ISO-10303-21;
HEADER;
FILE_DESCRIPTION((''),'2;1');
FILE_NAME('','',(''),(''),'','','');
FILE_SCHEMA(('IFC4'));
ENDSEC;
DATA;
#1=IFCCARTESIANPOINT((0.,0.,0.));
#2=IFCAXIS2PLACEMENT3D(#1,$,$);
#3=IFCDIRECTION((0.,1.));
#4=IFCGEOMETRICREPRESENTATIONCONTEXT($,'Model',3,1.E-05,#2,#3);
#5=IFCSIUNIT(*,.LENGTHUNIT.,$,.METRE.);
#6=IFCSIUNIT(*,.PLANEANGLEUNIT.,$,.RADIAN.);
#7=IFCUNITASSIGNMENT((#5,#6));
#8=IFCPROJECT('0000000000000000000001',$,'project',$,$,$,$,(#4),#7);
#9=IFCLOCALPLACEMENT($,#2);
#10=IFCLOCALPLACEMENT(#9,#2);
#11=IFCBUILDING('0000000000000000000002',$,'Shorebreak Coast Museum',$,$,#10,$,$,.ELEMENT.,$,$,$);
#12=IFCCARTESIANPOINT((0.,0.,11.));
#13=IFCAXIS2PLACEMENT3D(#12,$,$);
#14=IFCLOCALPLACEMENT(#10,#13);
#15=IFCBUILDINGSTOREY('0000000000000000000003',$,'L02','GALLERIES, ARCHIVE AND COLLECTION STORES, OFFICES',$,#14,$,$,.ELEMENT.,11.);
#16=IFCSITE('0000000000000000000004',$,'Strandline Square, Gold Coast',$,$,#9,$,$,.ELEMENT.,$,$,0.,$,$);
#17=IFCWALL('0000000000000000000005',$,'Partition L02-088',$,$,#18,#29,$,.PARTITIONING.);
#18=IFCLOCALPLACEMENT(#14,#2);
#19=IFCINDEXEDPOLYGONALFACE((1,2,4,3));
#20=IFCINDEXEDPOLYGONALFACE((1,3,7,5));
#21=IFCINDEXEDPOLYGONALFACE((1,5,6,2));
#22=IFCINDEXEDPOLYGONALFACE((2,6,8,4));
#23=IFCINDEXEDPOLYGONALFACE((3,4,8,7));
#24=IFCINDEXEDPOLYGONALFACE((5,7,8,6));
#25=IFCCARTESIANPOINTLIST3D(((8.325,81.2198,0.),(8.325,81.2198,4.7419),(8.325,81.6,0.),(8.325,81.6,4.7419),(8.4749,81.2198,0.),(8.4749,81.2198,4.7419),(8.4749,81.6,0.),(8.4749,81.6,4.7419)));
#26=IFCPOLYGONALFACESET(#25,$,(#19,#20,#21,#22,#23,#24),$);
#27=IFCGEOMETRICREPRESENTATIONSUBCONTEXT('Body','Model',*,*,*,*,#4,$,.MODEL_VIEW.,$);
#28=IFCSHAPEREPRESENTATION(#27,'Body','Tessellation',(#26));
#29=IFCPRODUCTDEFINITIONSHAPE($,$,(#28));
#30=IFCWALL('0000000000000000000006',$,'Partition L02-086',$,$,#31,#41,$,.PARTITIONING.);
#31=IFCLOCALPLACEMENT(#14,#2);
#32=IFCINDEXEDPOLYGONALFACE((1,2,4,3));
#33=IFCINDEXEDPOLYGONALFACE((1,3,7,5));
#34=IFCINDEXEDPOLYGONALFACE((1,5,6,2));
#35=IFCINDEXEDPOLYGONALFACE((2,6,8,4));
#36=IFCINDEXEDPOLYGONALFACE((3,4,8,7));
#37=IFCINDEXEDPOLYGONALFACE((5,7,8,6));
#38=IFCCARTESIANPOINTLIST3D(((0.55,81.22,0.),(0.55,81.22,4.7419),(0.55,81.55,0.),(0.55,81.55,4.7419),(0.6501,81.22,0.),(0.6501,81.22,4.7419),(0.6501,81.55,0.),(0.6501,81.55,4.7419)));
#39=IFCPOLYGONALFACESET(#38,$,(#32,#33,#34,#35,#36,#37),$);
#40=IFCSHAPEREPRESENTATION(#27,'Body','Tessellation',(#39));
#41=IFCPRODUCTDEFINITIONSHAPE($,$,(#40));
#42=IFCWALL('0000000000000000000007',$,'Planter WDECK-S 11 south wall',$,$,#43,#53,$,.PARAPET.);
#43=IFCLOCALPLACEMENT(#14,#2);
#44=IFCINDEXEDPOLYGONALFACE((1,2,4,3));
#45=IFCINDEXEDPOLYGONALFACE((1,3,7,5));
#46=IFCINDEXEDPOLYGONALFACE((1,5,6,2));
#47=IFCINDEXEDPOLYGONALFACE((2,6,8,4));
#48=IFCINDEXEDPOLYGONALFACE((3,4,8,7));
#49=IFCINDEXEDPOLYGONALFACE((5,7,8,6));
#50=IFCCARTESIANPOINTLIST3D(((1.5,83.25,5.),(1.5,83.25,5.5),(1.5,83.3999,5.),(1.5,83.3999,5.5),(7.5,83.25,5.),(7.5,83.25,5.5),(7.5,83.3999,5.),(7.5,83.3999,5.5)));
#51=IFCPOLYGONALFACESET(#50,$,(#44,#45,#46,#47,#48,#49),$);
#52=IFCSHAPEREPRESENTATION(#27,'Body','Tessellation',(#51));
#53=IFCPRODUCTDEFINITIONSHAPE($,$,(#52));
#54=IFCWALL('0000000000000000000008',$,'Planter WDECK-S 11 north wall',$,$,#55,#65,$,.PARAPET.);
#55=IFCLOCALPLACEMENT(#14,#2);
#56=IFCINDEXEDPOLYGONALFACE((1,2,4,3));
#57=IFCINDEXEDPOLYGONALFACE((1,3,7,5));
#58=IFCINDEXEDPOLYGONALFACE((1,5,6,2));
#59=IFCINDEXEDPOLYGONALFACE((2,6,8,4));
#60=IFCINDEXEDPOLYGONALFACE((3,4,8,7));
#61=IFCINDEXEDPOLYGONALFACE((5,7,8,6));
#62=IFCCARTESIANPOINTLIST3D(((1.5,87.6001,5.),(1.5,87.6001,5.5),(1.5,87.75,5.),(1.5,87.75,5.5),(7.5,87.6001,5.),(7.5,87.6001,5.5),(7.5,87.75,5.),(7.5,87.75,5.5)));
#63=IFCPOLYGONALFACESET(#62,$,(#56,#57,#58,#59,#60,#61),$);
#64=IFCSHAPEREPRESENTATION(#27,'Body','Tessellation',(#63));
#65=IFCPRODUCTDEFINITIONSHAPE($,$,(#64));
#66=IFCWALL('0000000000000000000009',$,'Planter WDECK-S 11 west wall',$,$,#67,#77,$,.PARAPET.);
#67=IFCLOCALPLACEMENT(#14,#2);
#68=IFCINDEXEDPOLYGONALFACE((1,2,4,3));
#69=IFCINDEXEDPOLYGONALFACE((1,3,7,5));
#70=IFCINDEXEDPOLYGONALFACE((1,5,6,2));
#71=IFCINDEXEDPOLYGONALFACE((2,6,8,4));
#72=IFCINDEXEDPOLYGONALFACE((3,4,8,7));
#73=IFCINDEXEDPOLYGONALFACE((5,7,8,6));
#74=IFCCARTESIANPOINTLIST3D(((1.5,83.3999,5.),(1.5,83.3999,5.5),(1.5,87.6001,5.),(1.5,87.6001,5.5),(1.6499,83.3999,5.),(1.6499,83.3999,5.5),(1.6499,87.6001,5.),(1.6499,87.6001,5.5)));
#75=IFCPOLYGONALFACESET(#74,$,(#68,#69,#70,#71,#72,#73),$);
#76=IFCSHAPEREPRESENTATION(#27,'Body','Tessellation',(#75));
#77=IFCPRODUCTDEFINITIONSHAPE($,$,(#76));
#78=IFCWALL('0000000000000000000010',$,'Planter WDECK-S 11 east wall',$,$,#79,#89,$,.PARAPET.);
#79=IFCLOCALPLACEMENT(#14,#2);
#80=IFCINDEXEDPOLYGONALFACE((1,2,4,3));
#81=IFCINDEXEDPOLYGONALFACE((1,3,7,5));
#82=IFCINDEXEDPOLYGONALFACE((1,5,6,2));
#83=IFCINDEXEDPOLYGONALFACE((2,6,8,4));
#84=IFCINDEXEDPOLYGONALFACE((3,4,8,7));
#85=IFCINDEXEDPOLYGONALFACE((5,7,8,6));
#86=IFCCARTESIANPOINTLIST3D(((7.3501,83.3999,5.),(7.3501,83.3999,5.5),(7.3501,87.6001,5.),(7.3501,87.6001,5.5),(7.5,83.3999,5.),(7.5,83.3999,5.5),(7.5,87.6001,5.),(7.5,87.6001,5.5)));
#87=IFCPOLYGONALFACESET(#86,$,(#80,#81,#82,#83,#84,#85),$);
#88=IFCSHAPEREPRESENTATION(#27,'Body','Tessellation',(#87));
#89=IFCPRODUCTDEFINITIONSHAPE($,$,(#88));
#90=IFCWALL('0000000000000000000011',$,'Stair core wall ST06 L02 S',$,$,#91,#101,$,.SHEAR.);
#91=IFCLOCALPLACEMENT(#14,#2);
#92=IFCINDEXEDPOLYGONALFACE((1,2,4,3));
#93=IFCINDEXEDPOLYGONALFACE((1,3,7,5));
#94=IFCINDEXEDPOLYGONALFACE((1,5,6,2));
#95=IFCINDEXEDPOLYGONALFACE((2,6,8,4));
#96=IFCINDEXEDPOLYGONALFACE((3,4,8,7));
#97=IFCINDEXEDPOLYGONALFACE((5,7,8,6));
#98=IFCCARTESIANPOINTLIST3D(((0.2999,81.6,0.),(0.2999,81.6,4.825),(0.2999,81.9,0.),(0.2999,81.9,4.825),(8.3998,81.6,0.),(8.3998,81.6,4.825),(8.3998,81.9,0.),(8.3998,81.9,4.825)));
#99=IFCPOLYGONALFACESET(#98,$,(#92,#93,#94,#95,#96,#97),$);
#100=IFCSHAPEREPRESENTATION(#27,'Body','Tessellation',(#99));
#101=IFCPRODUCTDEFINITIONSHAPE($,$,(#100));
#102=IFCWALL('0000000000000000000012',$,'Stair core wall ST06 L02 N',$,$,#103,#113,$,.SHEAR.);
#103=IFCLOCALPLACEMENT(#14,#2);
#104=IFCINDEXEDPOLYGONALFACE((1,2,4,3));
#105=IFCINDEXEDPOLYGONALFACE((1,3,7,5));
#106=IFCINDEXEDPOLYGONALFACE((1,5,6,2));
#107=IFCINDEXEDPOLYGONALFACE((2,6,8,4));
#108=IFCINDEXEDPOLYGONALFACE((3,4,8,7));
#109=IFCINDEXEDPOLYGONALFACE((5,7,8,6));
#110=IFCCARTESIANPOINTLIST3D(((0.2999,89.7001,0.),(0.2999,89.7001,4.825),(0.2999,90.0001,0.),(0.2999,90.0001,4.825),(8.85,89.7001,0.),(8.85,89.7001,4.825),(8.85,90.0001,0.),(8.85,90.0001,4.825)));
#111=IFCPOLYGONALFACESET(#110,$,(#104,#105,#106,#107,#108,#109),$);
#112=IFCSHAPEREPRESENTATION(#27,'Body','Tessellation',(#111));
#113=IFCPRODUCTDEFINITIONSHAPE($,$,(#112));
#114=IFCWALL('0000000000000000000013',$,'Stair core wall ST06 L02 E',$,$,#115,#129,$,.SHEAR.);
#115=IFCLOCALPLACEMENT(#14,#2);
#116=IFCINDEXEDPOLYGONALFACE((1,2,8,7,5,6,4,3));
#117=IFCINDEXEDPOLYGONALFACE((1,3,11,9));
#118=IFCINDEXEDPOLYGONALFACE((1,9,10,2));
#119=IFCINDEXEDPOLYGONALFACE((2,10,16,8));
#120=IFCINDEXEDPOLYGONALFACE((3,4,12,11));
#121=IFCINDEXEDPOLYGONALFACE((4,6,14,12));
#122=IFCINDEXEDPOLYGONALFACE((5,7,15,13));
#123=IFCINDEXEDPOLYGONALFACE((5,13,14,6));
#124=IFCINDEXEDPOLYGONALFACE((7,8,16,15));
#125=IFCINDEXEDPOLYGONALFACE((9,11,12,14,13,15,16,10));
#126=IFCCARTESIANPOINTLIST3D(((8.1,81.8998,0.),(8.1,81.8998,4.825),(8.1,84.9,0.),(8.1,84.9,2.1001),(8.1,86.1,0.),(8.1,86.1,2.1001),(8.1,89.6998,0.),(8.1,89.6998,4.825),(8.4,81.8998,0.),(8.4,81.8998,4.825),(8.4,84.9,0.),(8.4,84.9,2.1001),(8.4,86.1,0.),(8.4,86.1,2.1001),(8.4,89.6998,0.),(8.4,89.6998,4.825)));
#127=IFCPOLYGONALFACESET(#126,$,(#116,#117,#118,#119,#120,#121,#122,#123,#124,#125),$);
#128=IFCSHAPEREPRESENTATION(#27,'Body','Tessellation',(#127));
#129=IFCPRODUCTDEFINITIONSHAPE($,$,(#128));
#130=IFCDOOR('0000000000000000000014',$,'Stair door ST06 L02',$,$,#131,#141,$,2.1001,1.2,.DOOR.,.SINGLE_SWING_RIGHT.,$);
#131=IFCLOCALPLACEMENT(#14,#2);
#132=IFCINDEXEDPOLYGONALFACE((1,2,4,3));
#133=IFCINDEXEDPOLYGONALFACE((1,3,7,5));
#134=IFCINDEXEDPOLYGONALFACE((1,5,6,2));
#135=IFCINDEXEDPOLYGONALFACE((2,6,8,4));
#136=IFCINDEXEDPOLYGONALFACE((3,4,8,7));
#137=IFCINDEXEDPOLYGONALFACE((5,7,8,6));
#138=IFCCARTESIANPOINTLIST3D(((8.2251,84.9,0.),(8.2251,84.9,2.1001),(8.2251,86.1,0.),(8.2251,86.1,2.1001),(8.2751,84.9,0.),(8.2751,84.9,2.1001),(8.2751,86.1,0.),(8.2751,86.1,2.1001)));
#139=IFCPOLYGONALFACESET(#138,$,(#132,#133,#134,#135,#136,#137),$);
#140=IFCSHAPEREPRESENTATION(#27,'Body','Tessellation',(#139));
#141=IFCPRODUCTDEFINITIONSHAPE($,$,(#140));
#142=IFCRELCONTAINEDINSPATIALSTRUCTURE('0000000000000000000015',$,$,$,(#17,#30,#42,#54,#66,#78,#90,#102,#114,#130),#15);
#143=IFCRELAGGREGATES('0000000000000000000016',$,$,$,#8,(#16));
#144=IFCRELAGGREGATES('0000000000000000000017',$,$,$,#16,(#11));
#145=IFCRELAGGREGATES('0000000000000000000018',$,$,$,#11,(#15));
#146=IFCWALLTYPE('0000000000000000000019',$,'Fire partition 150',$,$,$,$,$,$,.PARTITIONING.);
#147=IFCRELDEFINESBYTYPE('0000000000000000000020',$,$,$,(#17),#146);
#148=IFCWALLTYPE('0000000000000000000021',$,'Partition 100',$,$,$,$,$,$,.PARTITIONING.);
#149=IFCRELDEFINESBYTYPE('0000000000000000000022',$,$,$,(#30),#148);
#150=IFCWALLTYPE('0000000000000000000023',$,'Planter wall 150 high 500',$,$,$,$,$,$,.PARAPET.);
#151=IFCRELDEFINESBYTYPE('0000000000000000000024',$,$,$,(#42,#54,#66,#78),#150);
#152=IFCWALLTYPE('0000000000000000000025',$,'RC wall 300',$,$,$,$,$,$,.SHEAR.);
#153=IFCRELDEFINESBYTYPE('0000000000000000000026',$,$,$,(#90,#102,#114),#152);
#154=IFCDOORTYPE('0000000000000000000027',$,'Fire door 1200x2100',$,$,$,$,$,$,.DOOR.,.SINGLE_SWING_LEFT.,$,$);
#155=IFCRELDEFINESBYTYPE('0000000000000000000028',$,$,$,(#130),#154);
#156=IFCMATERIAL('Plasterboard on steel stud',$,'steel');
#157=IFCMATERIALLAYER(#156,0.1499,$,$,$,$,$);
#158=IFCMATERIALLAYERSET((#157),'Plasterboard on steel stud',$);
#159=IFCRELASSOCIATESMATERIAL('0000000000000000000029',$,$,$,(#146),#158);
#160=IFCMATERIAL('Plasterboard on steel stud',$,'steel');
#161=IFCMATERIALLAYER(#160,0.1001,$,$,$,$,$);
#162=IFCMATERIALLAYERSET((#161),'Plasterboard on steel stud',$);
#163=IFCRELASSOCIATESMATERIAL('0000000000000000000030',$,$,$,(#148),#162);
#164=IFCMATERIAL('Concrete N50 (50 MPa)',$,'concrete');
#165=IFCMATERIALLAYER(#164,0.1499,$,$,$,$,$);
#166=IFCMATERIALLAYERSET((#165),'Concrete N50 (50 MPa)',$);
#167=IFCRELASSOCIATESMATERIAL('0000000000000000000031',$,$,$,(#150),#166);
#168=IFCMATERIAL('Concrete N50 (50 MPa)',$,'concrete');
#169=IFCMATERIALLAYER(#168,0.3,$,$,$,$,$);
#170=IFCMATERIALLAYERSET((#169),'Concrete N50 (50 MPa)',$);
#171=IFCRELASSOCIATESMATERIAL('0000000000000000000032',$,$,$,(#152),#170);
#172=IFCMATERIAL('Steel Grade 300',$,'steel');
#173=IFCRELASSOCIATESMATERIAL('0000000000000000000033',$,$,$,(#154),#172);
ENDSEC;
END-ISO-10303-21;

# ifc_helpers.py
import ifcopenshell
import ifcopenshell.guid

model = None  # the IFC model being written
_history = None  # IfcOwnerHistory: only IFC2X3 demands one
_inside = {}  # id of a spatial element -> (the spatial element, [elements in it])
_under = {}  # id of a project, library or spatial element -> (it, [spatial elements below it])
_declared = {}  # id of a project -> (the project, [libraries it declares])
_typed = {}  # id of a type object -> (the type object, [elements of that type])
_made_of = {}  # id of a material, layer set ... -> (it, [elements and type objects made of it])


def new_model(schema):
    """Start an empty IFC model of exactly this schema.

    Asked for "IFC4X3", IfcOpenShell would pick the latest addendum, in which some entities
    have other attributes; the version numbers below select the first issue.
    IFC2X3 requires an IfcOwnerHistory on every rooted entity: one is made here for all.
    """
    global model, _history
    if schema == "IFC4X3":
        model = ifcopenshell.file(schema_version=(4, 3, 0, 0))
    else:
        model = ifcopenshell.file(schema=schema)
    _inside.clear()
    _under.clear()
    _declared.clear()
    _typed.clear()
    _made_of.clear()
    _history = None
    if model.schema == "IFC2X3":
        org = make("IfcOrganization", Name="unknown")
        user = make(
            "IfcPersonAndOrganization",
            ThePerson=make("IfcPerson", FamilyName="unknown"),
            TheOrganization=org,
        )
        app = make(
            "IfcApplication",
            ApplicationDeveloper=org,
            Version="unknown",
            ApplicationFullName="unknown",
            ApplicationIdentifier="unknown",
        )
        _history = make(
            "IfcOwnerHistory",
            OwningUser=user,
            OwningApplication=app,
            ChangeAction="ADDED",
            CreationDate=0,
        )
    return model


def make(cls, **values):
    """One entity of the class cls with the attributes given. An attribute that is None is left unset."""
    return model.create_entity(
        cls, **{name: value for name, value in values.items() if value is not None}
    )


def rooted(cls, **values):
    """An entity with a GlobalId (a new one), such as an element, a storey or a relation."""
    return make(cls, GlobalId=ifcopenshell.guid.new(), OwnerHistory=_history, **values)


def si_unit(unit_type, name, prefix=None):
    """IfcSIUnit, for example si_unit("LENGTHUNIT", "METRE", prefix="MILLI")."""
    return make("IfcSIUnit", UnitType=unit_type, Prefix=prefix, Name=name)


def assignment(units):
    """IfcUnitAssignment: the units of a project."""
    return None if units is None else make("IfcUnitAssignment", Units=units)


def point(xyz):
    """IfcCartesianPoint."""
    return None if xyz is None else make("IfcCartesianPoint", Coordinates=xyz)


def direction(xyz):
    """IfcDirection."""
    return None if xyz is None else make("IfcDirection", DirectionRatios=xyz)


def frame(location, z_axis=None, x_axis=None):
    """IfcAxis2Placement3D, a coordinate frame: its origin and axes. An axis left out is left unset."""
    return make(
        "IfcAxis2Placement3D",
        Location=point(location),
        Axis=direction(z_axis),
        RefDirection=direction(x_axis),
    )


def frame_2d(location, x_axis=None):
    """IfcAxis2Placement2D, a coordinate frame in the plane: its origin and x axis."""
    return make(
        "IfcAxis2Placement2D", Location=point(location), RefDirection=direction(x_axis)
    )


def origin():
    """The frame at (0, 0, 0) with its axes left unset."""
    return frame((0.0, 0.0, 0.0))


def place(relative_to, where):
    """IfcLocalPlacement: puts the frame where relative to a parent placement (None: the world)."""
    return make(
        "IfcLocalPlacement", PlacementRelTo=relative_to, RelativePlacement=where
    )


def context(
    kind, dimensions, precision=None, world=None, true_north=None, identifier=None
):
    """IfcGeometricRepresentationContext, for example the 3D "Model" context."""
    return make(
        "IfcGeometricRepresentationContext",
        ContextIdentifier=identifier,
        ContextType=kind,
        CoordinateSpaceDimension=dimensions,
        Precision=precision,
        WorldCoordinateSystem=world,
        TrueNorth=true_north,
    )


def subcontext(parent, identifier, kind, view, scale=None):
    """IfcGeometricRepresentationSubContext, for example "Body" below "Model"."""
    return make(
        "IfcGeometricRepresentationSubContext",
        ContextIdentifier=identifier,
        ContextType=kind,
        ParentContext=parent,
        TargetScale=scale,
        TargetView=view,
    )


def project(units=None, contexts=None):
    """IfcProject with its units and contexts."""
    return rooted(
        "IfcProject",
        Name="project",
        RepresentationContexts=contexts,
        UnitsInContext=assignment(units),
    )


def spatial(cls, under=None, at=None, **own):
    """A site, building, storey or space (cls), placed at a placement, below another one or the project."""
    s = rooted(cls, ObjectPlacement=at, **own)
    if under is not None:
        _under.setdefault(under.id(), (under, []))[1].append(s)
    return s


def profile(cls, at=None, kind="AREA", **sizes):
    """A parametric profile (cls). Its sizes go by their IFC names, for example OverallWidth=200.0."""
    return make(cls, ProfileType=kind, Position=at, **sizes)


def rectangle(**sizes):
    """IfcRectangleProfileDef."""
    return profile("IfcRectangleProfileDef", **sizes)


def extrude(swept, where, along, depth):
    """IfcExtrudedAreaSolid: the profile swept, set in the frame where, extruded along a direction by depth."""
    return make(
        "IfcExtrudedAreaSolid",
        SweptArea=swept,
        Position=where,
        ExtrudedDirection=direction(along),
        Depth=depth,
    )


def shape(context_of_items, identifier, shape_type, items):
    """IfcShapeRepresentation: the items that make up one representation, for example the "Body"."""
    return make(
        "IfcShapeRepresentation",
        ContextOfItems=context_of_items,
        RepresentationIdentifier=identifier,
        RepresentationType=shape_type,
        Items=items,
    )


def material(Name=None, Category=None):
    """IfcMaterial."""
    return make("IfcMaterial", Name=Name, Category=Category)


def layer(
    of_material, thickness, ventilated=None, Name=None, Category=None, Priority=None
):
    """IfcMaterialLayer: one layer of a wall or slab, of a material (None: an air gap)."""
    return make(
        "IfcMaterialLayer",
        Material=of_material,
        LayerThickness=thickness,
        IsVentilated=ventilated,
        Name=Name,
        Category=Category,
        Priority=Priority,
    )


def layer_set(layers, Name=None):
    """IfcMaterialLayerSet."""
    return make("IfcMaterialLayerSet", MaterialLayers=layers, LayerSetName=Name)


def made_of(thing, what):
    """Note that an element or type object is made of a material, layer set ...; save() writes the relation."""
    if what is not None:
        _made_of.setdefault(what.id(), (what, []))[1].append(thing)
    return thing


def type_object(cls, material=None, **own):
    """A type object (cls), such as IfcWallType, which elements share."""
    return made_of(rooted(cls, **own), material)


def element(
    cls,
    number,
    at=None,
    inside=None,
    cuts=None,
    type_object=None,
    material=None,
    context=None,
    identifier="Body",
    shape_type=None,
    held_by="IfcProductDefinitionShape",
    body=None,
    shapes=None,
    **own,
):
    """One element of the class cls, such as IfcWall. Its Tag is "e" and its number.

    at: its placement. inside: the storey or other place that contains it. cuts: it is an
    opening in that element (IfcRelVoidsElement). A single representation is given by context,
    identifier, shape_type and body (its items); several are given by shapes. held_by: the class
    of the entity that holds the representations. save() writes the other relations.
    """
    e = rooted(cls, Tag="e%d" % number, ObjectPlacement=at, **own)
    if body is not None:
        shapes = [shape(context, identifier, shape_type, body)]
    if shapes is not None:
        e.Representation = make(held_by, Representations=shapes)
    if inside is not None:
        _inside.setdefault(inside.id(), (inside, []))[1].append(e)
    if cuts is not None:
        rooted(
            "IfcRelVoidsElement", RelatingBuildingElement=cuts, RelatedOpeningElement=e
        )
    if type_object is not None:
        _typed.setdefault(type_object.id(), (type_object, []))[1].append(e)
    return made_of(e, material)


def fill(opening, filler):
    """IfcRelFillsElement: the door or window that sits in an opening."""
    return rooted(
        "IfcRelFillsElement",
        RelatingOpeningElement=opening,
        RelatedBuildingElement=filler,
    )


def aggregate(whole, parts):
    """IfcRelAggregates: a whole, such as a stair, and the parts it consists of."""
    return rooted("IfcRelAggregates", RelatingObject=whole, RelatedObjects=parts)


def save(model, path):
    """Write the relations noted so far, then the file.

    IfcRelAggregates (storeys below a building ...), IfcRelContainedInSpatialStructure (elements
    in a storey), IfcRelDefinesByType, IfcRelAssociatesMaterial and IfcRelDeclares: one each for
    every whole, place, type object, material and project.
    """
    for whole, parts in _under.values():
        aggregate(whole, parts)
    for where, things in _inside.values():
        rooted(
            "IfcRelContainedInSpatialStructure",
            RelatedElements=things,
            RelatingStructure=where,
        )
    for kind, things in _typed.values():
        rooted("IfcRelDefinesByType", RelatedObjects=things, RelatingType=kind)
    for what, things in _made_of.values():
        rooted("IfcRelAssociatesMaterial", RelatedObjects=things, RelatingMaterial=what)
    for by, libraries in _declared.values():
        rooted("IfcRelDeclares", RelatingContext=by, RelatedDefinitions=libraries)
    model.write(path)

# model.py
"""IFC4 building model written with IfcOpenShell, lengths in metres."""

from ifc_helpers import new_model, si_unit, direction, frame, frame_2d, origin, place, context, subcontext, project, spatial, rectangle, extrude, material, layer, layer_set, type_object, element, fill, save


model = new_model("IFC4")

# Units and contexts
model_context = context("Model", 3, precision=1e-05, world=origin(), true_north=direction((0.0, 1.0)))
body_context = subcontext(model_context, "Body", "Model", "MODEL_VIEW")
ifc_project = project(units=[si_unit("LENGTHUNIT", "METRE"), si_unit("PLANEANGLEUNIT", "RADIAN")], contexts=[model_context])

# Site, building, storey
site_placement = place(None, origin())
site = spatial("IfcSite", under=ifc_project, at=site_placement, Name="Strandline Square, Gold Coast", CompositionType="ELEMENT", RefElevation=0.0)
building_placement = place(site_placement, origin())
building = spatial("IfcBuilding", under=site, at=building_placement, Name="Shorebreak Coast Museum", CompositionType="ELEMENT")
storey_placement = place(building_placement, frame((0.0, 0.0, 11.0)))
storey = spatial("IfcBuildingStorey", under=building, at=storey_placement, Name="L02", Description="GALLERIES, ARCHIVE AND COLLECTION STORES, OFFICES", CompositionType="ELEMENT", Elevation=11.0)

# Walls
ifc_material_1 = material(Name="Plasterboard on steel stud", Category="steel")
ifc_layer_1 = layer(ifc_material_1, 0.1499)
ifc_layer_set_1 = layer_set([ifc_layer_1], Name="Plasterboard on steel stud")
wall_type_1 = type_object("IfcWallType", Name="Fire partition 150", PredefinedType="PARTITIONING", material=ifc_layer_set_1)
wall_1_placement = place(storey_placement, frame((8.3999, 81.22, 0.0), z_axis=(0.0, 0.0, 1.0), x_axis=(0.0, 1.0, 0.0)))
element("IfcWall", 1, at=wall_1_placement, inside=storey, type_object=wall_type_1, Name="Partition L02-088", PredefinedType="PARTITIONING", context=body_context, shape_type="SweptSolid", body=[
    extrude(rectangle(XDim=0.3801, YDim=0.1499, at=frame_2d((0.1899, 0.0))), origin(), (0.0, 0.0, 1.0), 4.7419),
])
ifc_material_2 = material(Name="Plasterboard on steel stud", Category="steel")
ifc_layer_2 = layer(ifc_material_2, 0.1001)
ifc_layer_set_2 = layer_set([ifc_layer_2], Name="Plasterboard on steel stud")
wall_type_2 = type_object("IfcWallType", Name="Partition 100", PredefinedType="PARTITIONING", material=ifc_layer_set_2)
wall_2_placement = place(storey_placement, frame((0.6001, 81.22, 0.0), z_axis=(0.0, 0.0, 1.0), x_axis=(0.0, 1.0, 0.0)))
element("IfcWall", 2, at=wall_2_placement, inside=storey, type_object=wall_type_2, Name="Partition L02-086", PredefinedType="PARTITIONING", context=body_context, shape_type="SweptSolid", body=[
    extrude(rectangle(XDim=0.3301, YDim=0.1001, at=frame_2d((0.165, 0.0))), origin(), (0.0, 0.0, 1.0), 4.7419),
])
ifc_material_3 = material(Name="Concrete N50 (50 MPa)", Category="concrete")
ifc_layer_3 = layer(ifc_material_3, 0.1499)
ifc_layer_set_3 = layer_set([ifc_layer_3], Name="Concrete N50 (50 MPa)")
wall_type_3 = type_object("IfcWallType", Name="Planter wall 150 high 500", PredefinedType="PARAPET", material=ifc_layer_set_3)
for number, where, z_axis, x_axis, name in (
    (3, (1.5, 83.325, 5.0), (0.0, 0.0, 1.0), (1.0, 0.0, 0.0), "Planter WDECK-S 11 south wall"),
    (4, (1.5, 87.675, 5.0), (0.0, 0.0, 1.0), (1.0, 0.0, 0.0), "Planter WDECK-S 11 north wall"),
):
    element("IfcWall", number, at=place(storey_placement, frame(where, z_axis=z_axis, x_axis=x_axis)), inside=storey, type_object=wall_type_3, Name=name, PredefinedType="PARAPET", context=body_context, shape_type="SweptSolid", body=[
        extrude(rectangle(XDim=6.0, YDim=0.1499, at=frame_2d((3.0, 0.0))), origin(), (0.0, 0.0, 1.0), 0.5),
    ])
for number, where, z_axis, x_axis, name in (
    (5, (1.575, 83.3999, 5.0), (0.0, 0.0, 1.0), (0.0, 1.0, 0.0), "Planter WDECK-S 11 west wall"),
    (6, (7.425, 83.3999, 5.0), (0.0, 0.0, 1.0), (0.0, 1.0, 0.0), "Planter WDECK-S 11 east wall"),
):
    element("IfcWall", number, at=place(storey_placement, frame(where, z_axis=z_axis, x_axis=x_axis)), inside=storey, type_object=wall_type_3, Name=name, PredefinedType="PARAPET", context=body_context, shape_type="SweptSolid", body=[
        extrude(rectangle(XDim=4.2002, YDim=0.1499, at=frame_2d((2.1001, 0.0))), origin(), (0.0, 0.0, 1.0), 0.5),
    ])
ifc_material_4 = material(Name="Concrete N50 (50 MPa)", Category="concrete")
ifc_layer_4 = layer(ifc_material_4, 0.3)
ifc_layer_set_4 = layer_set([ifc_layer_4], Name="Concrete N50 (50 MPa)")
wall_type_4 = type_object("IfcWallType", Name="RC wall 300", PredefinedType="SHEAR", material=ifc_layer_set_4)
wall_3_placement = place(storey_placement, frame((0.3, 81.75, 0.0), z_axis=(0.0, 0.0, 1.0), x_axis=(1.0, 0.0, 0.0)))
element("IfcWall", 7, at=wall_3_placement, inside=storey, type_object=wall_type_4, Name="Stair core wall ST06 L02 S", PredefinedType="SHEAR", context=body_context, shape_type="SweptSolid", body=[
    extrude(rectangle(XDim=8.0999, YDim=0.3, at=frame_2d((4.0498, 0.0))), origin(), (0.0, 0.0, 1.0), 4.825),
])
wall_4_placement = place(storey_placement, frame((0.3, 89.8501, 0.0), z_axis=(0.0, 0.0, 1.0), x_axis=(1.0, 0.0, 0.0)))
element("IfcWall", 8, at=wall_4_placement, inside=storey, type_object=wall_type_4, Name="Stair core wall ST06 L02 N", PredefinedType="SHEAR", context=body_context, shape_type="SweptSolid", body=[
    extrude(rectangle(XDim=8.55, YDim=0.3, at=frame_2d((4.2749, 0.0))), origin(), (0.0, 0.0, 1.0), 4.825),
])

# Wall, opening, door
wall_5_placement = place(storey_placement, frame((8.25, 81.8999, 0.0), z_axis=(0.0, 0.0, 1.0), x_axis=(0.0, 1.0, 0.0)))
wall_5 = element("IfcWall", 9, at=wall_5_placement, inside=storey, type_object=wall_type_4, Name="Stair core wall ST06 L02 E", PredefinedType="SHEAR", context=body_context, shape_type="SweptSolid", body=[
    extrude(rectangle(XDim=7.8, YDim=0.3, at=frame_2d((3.8999, 0.0))), origin(), (0.0, 0.0, 1.0), 4.825),
])
opening_placement = place(wall_5_placement, frame((3.0, 0.0, 0.0)))
opening = element("IfcOpeningElement", 10, at=opening_placement, cuts=wall_5, PredefinedType="OPENING", context=body_context, shape_type="SweptSolid", body=[
    extrude(rectangle(XDim=1.2, YDim=2.1001, at=frame_2d((0.6001, 1.05))), frame((0.0, 0.1599, 0.0), z_axis=(0.0, -1.0, 0.0), x_axis=(1.0, 0.0, 0.0)), (0.0, 0.0, 1.0), 0.3201),
])
ifc_material_5 = material(Name="Steel Grade 300", Category="steel")
door_type = type_object("IfcDoorType", Name="Fire door 1200x2100", OperationType="SINGLE_SWING_LEFT", PredefinedType="DOOR", material=ifc_material_5)
door_placement = place(opening_placement, origin())
door = element("IfcDoor", 11, at=door_placement, inside=storey, type_object=door_type, Name="Stair door ST06 L02", OperationType="SINGLE_SWING_RIGHT", OverallHeight=2.1001, OverallWidth=1.2, PredefinedType="DOOR", context=body_context, shape_type="SweptSolid", body=[
    extrude(rectangle(XDim=1.2, YDim=2.1001, at=frame_2d((0.6001, 1.05))), frame((0.0, 0.0249, 0.0), z_axis=(0.0, -1.0, 0.0), x_axis=(1.0, 0.0, 0.0)), (0.0, 0.0, 1.0), 0.05),
])
fill(opening, door)

save(model, "model.ifc")
